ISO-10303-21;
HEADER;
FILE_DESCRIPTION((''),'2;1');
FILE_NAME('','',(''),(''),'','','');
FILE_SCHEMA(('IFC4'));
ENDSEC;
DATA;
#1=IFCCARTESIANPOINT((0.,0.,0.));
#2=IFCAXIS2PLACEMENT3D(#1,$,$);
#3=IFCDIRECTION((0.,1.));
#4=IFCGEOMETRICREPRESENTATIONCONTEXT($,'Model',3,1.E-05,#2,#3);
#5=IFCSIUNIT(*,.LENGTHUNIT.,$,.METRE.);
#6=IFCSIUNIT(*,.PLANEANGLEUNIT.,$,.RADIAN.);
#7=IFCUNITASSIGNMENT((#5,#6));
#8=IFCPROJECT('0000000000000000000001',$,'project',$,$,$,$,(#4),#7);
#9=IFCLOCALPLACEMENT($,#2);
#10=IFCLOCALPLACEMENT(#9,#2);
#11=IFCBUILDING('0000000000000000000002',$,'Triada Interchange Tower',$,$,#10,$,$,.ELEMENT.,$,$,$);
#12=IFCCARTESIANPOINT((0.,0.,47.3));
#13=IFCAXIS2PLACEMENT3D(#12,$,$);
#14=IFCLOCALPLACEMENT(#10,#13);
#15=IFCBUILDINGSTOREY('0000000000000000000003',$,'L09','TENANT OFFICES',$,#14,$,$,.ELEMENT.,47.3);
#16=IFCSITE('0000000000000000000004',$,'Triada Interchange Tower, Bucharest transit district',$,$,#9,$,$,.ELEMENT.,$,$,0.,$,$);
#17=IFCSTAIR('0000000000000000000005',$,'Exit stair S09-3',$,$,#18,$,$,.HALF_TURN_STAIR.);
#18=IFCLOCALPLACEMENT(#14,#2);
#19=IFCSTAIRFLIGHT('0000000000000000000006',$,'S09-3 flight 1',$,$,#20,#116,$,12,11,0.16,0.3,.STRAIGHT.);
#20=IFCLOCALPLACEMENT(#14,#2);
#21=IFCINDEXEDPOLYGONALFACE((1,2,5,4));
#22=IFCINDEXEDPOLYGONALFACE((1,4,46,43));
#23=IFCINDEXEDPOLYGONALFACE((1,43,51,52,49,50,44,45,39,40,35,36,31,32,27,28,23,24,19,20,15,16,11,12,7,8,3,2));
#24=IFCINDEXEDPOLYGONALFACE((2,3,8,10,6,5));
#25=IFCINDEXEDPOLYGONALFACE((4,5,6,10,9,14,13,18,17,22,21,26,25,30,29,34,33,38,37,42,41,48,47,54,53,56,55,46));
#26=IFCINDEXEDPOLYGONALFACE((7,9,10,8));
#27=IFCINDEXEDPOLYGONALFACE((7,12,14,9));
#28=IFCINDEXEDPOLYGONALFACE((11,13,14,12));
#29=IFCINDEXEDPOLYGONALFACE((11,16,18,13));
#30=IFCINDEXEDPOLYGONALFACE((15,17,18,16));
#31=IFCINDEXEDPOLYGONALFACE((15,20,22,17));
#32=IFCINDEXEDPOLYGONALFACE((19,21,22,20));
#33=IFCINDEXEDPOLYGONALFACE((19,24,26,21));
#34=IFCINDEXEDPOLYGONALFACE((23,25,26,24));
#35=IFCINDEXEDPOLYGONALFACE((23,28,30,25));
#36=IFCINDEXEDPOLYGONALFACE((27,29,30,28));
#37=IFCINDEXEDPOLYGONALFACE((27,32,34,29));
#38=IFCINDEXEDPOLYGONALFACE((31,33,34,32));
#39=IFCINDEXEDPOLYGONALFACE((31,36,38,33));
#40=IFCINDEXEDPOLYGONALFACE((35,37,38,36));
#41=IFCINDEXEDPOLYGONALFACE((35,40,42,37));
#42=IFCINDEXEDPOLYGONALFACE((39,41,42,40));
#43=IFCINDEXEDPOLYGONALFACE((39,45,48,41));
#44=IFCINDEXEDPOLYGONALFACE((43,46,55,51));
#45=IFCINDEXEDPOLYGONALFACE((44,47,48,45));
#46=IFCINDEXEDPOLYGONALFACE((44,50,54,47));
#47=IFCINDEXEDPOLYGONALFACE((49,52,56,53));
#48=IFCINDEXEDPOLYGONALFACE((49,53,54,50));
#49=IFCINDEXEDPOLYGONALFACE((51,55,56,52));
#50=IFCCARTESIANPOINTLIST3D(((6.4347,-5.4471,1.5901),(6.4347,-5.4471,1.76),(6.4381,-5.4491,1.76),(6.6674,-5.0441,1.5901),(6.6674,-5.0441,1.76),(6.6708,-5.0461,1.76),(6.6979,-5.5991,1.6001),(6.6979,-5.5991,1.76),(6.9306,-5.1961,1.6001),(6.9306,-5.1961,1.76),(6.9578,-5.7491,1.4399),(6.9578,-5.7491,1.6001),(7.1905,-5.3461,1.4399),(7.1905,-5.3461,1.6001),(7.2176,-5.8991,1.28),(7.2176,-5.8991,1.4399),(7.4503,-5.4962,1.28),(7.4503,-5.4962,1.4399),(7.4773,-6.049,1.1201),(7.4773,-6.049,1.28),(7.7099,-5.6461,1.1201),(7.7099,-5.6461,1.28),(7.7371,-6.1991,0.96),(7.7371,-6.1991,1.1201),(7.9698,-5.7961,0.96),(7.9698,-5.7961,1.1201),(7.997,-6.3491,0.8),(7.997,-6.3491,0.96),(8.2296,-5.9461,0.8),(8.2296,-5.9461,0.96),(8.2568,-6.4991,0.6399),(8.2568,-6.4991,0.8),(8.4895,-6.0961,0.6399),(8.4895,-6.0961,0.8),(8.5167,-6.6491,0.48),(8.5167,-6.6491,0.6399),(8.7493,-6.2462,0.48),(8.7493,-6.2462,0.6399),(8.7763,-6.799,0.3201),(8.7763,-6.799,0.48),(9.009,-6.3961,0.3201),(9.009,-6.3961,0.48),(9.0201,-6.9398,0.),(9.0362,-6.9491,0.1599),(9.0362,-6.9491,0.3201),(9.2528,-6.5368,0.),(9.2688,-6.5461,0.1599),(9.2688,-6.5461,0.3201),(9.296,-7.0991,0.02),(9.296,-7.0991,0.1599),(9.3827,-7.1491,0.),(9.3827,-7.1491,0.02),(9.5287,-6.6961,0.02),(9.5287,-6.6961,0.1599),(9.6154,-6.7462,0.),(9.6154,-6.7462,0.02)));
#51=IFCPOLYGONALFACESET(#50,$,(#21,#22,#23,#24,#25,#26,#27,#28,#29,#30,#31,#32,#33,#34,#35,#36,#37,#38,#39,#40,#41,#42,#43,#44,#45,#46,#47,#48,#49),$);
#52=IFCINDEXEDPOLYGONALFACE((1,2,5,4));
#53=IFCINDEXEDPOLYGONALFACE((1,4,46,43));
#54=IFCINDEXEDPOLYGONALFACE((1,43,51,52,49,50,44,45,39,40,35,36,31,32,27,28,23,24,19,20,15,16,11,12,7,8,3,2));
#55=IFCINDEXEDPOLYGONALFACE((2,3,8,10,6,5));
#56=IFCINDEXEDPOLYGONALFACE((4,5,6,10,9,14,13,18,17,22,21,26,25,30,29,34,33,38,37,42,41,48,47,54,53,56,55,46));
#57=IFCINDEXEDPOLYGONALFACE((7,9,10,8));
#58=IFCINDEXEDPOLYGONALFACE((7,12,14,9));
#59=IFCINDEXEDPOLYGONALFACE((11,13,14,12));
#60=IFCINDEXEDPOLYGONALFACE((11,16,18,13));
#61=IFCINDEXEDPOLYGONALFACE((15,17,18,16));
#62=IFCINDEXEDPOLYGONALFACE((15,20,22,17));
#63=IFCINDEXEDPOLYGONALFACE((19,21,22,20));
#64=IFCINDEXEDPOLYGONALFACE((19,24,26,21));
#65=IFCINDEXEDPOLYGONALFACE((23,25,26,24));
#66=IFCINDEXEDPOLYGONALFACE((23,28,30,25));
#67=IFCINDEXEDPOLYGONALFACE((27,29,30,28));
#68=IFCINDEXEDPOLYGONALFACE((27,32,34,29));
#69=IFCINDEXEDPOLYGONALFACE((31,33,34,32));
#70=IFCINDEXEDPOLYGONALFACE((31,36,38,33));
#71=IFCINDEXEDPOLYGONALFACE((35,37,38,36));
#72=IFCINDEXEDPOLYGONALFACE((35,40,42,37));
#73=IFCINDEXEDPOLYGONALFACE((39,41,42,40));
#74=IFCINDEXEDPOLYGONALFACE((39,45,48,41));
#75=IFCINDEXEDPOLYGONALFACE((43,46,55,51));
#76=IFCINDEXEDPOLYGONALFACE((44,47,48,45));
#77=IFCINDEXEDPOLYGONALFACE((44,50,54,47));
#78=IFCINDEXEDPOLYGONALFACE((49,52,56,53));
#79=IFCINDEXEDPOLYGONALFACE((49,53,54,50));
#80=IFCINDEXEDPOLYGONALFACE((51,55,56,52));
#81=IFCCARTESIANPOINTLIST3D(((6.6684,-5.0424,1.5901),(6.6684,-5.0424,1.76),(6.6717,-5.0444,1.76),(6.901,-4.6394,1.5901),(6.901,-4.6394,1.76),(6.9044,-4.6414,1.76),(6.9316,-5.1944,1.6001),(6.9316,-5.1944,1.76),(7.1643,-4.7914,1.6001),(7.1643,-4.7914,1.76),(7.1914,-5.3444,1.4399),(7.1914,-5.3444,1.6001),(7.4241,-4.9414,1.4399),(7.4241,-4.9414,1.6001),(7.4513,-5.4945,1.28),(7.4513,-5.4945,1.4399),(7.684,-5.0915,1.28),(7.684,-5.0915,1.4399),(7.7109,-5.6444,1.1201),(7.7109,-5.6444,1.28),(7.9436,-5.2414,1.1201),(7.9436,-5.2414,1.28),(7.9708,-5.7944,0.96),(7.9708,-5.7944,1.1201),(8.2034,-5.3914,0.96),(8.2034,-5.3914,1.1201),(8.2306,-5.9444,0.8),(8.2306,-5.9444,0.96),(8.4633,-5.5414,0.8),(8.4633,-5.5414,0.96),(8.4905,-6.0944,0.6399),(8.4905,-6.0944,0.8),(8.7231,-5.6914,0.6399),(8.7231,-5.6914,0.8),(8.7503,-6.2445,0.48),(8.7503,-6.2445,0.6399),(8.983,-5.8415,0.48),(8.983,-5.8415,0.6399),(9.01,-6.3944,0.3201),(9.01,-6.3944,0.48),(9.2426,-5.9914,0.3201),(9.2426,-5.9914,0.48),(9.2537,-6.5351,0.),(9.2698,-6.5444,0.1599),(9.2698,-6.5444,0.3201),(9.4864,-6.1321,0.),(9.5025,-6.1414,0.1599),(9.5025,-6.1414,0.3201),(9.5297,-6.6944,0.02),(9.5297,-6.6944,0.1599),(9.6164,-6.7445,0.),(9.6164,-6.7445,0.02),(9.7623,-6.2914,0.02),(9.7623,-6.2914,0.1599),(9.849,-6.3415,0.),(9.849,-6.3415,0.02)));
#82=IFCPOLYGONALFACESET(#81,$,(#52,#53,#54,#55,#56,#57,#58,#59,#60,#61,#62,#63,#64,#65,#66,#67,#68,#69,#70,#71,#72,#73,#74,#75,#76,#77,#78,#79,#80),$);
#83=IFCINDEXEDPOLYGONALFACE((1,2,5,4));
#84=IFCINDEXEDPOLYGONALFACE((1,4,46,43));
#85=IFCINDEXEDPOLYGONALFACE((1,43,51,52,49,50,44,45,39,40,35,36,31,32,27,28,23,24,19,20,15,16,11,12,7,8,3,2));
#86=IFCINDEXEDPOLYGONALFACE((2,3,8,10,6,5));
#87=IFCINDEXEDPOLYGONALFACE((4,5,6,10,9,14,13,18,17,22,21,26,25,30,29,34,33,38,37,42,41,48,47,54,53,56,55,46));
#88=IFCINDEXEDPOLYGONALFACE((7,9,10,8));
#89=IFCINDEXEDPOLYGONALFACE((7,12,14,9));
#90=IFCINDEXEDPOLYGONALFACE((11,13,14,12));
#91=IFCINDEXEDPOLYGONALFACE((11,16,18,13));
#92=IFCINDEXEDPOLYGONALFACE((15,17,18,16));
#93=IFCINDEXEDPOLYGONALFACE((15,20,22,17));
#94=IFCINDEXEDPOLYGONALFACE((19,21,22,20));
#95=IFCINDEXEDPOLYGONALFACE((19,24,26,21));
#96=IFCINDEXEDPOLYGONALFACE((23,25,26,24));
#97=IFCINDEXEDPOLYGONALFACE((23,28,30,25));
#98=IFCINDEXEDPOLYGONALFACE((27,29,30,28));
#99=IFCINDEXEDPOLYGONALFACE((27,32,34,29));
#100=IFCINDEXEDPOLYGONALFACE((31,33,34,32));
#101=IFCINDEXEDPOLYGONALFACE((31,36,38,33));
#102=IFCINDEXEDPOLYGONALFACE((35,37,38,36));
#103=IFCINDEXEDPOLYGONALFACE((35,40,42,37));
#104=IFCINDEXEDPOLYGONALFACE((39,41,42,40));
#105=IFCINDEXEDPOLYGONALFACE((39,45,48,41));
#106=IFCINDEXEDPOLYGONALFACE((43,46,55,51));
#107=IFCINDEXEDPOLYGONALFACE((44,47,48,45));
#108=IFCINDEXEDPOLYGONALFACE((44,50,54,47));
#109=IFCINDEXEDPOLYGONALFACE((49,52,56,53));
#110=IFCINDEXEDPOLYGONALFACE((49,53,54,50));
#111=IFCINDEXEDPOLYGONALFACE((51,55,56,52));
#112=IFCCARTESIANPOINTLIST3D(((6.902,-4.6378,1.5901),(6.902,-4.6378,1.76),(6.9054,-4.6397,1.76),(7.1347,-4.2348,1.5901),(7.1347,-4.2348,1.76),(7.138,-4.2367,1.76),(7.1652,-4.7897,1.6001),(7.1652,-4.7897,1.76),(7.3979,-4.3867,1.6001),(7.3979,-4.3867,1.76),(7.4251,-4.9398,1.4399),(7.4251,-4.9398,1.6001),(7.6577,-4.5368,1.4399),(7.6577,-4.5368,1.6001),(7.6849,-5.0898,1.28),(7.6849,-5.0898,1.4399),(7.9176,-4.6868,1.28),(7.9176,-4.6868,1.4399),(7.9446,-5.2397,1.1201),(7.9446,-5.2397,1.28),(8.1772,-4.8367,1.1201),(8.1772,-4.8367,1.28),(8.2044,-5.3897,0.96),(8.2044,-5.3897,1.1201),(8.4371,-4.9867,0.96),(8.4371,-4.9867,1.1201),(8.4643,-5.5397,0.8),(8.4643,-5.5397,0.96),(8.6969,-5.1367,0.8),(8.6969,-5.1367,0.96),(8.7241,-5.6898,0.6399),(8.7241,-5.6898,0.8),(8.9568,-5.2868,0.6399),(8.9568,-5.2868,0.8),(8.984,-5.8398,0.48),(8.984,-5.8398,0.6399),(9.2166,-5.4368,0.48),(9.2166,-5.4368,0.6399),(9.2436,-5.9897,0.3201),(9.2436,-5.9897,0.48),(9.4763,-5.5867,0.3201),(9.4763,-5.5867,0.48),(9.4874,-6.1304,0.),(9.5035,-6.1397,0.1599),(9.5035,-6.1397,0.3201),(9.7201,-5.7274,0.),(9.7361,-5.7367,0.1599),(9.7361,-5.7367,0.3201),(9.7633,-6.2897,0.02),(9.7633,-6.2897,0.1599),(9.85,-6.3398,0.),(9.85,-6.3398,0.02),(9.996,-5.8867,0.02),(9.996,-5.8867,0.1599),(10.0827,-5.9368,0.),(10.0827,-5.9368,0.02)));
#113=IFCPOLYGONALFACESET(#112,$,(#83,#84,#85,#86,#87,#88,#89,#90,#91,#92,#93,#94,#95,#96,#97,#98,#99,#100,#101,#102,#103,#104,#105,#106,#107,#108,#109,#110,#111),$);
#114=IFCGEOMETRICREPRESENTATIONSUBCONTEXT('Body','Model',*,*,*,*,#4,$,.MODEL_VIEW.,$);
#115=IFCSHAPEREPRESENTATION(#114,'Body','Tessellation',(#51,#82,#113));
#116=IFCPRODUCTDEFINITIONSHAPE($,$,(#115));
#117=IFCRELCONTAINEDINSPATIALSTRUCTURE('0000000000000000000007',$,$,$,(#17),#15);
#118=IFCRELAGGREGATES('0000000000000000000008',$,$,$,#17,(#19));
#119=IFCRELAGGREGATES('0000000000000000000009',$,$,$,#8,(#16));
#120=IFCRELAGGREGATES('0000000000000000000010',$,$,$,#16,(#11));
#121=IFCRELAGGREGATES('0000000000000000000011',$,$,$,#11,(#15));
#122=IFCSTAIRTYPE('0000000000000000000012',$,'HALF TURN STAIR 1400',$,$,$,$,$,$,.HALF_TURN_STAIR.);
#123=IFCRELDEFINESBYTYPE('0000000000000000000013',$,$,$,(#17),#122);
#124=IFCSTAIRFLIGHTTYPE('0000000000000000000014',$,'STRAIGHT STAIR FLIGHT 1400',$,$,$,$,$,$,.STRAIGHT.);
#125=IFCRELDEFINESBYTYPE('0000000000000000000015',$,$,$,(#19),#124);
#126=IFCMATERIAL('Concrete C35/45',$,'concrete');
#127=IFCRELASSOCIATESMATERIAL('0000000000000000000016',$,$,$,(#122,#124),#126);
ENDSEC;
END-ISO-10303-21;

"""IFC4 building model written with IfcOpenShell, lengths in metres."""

from ifc_helpers import new_model, si_unit, direction, frame, origin, place, context, subcontext, project, spatial, polyline, outline, extrude, material, type_object, element, aggregate, save


model = new_model("IFC4")

# Units and contexts
model_context = context("Model", 3, precision=1e-05, world=origin(), true_north=direction((0.0, 1.0)))
body_context = subcontext(model_context, "Body", "Model", "MODEL_VIEW")
ifc_project = project(units=[si_unit("LENGTHUNIT", "METRE"), si_unit("PLANEANGLEUNIT", "RADIAN")], contexts=[model_context])

# Site, building, storey
site_placement = place(None, origin())
site = spatial("IfcSite", under=ifc_project, at=site_placement, Name="Triada Interchange Tower, Bucharest transit district", CompositionType="ELEMENT", RefElevation=0.0)
building_placement = place(site_placement, origin())
building = spatial("IfcBuilding", under=site, at=building_placement, Name="Triada Interchange Tower", CompositionType="ELEMENT")
storey_placement = place(building_placement, frame((0.0, 0.0, 47.3)))
storey = spatial("IfcBuildingStorey", under=building, at=storey_placement, Name="L09", Description="TENANT OFFICES", CompositionType="ELEMENT", Elevation=47.3)

# Stair, stair flight
ifc_material_1 = material(Name="Concrete C35/45", Category="concrete")
stair_type = type_object("IfcStairType", Name="HALF TURN STAIR 1400", PredefinedType="HALF_TURN_STAIR", material=ifc_material_1)
stair_placement = place(storey_placement, origin())
stair = element("IfcStair", 1, at=stair_placement, inside=storey, type_object=stair_type, Name="Exit stair S09-3", PredefinedType="HALF_TURN_STAIR")
stair_flight_type = type_object("IfcStairFlightType", Name="STRAIGHT STAIR FLIGHT 1400", PredefinedType="STRAIGHT", material=ifc_material_1)
stair_flight_1_placement = place(storey_placement, frame((9.646, -6.4929, 0.0), z_axis=(0.0, 0.0, 1.0), x_axis=(-0.866025, 0.5, 0.0)))
stair_flight_1 = element("IfcStairFlight", 2, at=stair_flight_1_placement, type_object=stair_flight_type, Name="S09-3 flight 1", NumberOfRisers=12, NumberOfTreads=11, PredefinedType="STRAIGHT", RiserHeight=0.16, TreadLength=0.3, context=body_context, shape_type="SweptSolid", body=[
    extrude(outline(polyline([(-0.1001, 0.0), (-0.1001, 0.02), (0.0, 0.02), (0.0, 0.1599), (0.3, 0.1599), (0.3, 0.3201), (0.6001, 0.3201), (0.6001, 0.48), (0.8999, 0.48), (0.8999, 0.6399), (1.2, 0.6399), (1.2, 0.8), (1.5, 0.8), (1.5, 0.96), (1.8, 0.96), (1.8, 1.1201), (2.1001, 1.1201), (2.1001, 1.28), (2.3999, 1.28), (2.3999, 1.4399), (2.7, 1.4399), (2.7, 1.6001), (3.0, 1.6001), (3.0, 1.76), (3.3, 1.76), (3.304, 1.76), (3.304, 1.9199), (3.304, 1.5901), (0.3186, 0.0), (-0.1001, 0.0)])), frame((0.0, 0.7, 0.0), z_axis=(0.0, -1.0, 0.0), x_axis=(1.0, 0.0, 0.0)), (0.0, 0.0, 1.0), 0.4653),
    extrude(outline(polyline([(-0.1001, 0.0), (-0.1001, 0.02), (0.0, 0.02), (0.0, 0.1599), (0.3, 0.1599), (0.3, 0.3201), (0.6001, 0.3201), (0.6001, 0.48), (0.8999, 0.48), (0.8999, 0.6399), (1.2, 0.6399), (1.2, 0.8), (1.5, 0.8), (1.5, 0.96), (1.8, 0.96), (1.8, 1.1201), (2.1001, 1.1201), (2.1001, 1.28), (2.3999, 1.28), (2.3999, 1.4399), (2.7, 1.4399), (2.7, 1.6001), (3.0, 1.6001), (3.0, 1.76), (3.3, 1.76), (3.304, 1.76), (3.304, 1.9199), (3.304, 1.5901), (0.3186, 0.0), (-0.1001, 0.0)])), frame((0.0, 0.2327, 0.0), z_axis=(0.0, -1.0, 0.0), x_axis=(1.0, 0.0, 0.0)), (0.0, 0.0, 1.0), 0.4653),
    extrude(outline(polyline([(-0.1001, 0.0), (-0.1001, 0.02), (0.0, 0.02), (0.0, 0.1599), (0.3, 0.1599), (0.3, 0.3201), (0.6001, 0.3201), (0.6001, 0.48), (0.8999, 0.48), (0.8999, 0.6399), (1.2, 0.6399), (1.2, 0.8), (1.5, 0.8), (1.5, 0.96), (1.8, 0.96), (1.8, 1.1201), (2.1001, 1.1201), (2.1001, 1.28), (2.3999, 1.28), (2.3999, 1.4399), (2.7, 1.4399), (2.7, 1.6001), (3.0, 1.6001), (3.0, 1.76), (3.3, 1.76), (3.304, 1.76), (3.304, 1.9199), (3.304, 1.5901), (0.3186, 0.0), (-0.1001, 0.0)])), frame((0.0, -0.2346, 0.0), z_axis=(0.0, -1.0, 0.0), x_axis=(1.0, 0.0, 0.0)), (0.0, 0.0, 1.0), 0.4653),
])
aggregate(stair, [stair_flight_1])

save(model, "model.ifc")
